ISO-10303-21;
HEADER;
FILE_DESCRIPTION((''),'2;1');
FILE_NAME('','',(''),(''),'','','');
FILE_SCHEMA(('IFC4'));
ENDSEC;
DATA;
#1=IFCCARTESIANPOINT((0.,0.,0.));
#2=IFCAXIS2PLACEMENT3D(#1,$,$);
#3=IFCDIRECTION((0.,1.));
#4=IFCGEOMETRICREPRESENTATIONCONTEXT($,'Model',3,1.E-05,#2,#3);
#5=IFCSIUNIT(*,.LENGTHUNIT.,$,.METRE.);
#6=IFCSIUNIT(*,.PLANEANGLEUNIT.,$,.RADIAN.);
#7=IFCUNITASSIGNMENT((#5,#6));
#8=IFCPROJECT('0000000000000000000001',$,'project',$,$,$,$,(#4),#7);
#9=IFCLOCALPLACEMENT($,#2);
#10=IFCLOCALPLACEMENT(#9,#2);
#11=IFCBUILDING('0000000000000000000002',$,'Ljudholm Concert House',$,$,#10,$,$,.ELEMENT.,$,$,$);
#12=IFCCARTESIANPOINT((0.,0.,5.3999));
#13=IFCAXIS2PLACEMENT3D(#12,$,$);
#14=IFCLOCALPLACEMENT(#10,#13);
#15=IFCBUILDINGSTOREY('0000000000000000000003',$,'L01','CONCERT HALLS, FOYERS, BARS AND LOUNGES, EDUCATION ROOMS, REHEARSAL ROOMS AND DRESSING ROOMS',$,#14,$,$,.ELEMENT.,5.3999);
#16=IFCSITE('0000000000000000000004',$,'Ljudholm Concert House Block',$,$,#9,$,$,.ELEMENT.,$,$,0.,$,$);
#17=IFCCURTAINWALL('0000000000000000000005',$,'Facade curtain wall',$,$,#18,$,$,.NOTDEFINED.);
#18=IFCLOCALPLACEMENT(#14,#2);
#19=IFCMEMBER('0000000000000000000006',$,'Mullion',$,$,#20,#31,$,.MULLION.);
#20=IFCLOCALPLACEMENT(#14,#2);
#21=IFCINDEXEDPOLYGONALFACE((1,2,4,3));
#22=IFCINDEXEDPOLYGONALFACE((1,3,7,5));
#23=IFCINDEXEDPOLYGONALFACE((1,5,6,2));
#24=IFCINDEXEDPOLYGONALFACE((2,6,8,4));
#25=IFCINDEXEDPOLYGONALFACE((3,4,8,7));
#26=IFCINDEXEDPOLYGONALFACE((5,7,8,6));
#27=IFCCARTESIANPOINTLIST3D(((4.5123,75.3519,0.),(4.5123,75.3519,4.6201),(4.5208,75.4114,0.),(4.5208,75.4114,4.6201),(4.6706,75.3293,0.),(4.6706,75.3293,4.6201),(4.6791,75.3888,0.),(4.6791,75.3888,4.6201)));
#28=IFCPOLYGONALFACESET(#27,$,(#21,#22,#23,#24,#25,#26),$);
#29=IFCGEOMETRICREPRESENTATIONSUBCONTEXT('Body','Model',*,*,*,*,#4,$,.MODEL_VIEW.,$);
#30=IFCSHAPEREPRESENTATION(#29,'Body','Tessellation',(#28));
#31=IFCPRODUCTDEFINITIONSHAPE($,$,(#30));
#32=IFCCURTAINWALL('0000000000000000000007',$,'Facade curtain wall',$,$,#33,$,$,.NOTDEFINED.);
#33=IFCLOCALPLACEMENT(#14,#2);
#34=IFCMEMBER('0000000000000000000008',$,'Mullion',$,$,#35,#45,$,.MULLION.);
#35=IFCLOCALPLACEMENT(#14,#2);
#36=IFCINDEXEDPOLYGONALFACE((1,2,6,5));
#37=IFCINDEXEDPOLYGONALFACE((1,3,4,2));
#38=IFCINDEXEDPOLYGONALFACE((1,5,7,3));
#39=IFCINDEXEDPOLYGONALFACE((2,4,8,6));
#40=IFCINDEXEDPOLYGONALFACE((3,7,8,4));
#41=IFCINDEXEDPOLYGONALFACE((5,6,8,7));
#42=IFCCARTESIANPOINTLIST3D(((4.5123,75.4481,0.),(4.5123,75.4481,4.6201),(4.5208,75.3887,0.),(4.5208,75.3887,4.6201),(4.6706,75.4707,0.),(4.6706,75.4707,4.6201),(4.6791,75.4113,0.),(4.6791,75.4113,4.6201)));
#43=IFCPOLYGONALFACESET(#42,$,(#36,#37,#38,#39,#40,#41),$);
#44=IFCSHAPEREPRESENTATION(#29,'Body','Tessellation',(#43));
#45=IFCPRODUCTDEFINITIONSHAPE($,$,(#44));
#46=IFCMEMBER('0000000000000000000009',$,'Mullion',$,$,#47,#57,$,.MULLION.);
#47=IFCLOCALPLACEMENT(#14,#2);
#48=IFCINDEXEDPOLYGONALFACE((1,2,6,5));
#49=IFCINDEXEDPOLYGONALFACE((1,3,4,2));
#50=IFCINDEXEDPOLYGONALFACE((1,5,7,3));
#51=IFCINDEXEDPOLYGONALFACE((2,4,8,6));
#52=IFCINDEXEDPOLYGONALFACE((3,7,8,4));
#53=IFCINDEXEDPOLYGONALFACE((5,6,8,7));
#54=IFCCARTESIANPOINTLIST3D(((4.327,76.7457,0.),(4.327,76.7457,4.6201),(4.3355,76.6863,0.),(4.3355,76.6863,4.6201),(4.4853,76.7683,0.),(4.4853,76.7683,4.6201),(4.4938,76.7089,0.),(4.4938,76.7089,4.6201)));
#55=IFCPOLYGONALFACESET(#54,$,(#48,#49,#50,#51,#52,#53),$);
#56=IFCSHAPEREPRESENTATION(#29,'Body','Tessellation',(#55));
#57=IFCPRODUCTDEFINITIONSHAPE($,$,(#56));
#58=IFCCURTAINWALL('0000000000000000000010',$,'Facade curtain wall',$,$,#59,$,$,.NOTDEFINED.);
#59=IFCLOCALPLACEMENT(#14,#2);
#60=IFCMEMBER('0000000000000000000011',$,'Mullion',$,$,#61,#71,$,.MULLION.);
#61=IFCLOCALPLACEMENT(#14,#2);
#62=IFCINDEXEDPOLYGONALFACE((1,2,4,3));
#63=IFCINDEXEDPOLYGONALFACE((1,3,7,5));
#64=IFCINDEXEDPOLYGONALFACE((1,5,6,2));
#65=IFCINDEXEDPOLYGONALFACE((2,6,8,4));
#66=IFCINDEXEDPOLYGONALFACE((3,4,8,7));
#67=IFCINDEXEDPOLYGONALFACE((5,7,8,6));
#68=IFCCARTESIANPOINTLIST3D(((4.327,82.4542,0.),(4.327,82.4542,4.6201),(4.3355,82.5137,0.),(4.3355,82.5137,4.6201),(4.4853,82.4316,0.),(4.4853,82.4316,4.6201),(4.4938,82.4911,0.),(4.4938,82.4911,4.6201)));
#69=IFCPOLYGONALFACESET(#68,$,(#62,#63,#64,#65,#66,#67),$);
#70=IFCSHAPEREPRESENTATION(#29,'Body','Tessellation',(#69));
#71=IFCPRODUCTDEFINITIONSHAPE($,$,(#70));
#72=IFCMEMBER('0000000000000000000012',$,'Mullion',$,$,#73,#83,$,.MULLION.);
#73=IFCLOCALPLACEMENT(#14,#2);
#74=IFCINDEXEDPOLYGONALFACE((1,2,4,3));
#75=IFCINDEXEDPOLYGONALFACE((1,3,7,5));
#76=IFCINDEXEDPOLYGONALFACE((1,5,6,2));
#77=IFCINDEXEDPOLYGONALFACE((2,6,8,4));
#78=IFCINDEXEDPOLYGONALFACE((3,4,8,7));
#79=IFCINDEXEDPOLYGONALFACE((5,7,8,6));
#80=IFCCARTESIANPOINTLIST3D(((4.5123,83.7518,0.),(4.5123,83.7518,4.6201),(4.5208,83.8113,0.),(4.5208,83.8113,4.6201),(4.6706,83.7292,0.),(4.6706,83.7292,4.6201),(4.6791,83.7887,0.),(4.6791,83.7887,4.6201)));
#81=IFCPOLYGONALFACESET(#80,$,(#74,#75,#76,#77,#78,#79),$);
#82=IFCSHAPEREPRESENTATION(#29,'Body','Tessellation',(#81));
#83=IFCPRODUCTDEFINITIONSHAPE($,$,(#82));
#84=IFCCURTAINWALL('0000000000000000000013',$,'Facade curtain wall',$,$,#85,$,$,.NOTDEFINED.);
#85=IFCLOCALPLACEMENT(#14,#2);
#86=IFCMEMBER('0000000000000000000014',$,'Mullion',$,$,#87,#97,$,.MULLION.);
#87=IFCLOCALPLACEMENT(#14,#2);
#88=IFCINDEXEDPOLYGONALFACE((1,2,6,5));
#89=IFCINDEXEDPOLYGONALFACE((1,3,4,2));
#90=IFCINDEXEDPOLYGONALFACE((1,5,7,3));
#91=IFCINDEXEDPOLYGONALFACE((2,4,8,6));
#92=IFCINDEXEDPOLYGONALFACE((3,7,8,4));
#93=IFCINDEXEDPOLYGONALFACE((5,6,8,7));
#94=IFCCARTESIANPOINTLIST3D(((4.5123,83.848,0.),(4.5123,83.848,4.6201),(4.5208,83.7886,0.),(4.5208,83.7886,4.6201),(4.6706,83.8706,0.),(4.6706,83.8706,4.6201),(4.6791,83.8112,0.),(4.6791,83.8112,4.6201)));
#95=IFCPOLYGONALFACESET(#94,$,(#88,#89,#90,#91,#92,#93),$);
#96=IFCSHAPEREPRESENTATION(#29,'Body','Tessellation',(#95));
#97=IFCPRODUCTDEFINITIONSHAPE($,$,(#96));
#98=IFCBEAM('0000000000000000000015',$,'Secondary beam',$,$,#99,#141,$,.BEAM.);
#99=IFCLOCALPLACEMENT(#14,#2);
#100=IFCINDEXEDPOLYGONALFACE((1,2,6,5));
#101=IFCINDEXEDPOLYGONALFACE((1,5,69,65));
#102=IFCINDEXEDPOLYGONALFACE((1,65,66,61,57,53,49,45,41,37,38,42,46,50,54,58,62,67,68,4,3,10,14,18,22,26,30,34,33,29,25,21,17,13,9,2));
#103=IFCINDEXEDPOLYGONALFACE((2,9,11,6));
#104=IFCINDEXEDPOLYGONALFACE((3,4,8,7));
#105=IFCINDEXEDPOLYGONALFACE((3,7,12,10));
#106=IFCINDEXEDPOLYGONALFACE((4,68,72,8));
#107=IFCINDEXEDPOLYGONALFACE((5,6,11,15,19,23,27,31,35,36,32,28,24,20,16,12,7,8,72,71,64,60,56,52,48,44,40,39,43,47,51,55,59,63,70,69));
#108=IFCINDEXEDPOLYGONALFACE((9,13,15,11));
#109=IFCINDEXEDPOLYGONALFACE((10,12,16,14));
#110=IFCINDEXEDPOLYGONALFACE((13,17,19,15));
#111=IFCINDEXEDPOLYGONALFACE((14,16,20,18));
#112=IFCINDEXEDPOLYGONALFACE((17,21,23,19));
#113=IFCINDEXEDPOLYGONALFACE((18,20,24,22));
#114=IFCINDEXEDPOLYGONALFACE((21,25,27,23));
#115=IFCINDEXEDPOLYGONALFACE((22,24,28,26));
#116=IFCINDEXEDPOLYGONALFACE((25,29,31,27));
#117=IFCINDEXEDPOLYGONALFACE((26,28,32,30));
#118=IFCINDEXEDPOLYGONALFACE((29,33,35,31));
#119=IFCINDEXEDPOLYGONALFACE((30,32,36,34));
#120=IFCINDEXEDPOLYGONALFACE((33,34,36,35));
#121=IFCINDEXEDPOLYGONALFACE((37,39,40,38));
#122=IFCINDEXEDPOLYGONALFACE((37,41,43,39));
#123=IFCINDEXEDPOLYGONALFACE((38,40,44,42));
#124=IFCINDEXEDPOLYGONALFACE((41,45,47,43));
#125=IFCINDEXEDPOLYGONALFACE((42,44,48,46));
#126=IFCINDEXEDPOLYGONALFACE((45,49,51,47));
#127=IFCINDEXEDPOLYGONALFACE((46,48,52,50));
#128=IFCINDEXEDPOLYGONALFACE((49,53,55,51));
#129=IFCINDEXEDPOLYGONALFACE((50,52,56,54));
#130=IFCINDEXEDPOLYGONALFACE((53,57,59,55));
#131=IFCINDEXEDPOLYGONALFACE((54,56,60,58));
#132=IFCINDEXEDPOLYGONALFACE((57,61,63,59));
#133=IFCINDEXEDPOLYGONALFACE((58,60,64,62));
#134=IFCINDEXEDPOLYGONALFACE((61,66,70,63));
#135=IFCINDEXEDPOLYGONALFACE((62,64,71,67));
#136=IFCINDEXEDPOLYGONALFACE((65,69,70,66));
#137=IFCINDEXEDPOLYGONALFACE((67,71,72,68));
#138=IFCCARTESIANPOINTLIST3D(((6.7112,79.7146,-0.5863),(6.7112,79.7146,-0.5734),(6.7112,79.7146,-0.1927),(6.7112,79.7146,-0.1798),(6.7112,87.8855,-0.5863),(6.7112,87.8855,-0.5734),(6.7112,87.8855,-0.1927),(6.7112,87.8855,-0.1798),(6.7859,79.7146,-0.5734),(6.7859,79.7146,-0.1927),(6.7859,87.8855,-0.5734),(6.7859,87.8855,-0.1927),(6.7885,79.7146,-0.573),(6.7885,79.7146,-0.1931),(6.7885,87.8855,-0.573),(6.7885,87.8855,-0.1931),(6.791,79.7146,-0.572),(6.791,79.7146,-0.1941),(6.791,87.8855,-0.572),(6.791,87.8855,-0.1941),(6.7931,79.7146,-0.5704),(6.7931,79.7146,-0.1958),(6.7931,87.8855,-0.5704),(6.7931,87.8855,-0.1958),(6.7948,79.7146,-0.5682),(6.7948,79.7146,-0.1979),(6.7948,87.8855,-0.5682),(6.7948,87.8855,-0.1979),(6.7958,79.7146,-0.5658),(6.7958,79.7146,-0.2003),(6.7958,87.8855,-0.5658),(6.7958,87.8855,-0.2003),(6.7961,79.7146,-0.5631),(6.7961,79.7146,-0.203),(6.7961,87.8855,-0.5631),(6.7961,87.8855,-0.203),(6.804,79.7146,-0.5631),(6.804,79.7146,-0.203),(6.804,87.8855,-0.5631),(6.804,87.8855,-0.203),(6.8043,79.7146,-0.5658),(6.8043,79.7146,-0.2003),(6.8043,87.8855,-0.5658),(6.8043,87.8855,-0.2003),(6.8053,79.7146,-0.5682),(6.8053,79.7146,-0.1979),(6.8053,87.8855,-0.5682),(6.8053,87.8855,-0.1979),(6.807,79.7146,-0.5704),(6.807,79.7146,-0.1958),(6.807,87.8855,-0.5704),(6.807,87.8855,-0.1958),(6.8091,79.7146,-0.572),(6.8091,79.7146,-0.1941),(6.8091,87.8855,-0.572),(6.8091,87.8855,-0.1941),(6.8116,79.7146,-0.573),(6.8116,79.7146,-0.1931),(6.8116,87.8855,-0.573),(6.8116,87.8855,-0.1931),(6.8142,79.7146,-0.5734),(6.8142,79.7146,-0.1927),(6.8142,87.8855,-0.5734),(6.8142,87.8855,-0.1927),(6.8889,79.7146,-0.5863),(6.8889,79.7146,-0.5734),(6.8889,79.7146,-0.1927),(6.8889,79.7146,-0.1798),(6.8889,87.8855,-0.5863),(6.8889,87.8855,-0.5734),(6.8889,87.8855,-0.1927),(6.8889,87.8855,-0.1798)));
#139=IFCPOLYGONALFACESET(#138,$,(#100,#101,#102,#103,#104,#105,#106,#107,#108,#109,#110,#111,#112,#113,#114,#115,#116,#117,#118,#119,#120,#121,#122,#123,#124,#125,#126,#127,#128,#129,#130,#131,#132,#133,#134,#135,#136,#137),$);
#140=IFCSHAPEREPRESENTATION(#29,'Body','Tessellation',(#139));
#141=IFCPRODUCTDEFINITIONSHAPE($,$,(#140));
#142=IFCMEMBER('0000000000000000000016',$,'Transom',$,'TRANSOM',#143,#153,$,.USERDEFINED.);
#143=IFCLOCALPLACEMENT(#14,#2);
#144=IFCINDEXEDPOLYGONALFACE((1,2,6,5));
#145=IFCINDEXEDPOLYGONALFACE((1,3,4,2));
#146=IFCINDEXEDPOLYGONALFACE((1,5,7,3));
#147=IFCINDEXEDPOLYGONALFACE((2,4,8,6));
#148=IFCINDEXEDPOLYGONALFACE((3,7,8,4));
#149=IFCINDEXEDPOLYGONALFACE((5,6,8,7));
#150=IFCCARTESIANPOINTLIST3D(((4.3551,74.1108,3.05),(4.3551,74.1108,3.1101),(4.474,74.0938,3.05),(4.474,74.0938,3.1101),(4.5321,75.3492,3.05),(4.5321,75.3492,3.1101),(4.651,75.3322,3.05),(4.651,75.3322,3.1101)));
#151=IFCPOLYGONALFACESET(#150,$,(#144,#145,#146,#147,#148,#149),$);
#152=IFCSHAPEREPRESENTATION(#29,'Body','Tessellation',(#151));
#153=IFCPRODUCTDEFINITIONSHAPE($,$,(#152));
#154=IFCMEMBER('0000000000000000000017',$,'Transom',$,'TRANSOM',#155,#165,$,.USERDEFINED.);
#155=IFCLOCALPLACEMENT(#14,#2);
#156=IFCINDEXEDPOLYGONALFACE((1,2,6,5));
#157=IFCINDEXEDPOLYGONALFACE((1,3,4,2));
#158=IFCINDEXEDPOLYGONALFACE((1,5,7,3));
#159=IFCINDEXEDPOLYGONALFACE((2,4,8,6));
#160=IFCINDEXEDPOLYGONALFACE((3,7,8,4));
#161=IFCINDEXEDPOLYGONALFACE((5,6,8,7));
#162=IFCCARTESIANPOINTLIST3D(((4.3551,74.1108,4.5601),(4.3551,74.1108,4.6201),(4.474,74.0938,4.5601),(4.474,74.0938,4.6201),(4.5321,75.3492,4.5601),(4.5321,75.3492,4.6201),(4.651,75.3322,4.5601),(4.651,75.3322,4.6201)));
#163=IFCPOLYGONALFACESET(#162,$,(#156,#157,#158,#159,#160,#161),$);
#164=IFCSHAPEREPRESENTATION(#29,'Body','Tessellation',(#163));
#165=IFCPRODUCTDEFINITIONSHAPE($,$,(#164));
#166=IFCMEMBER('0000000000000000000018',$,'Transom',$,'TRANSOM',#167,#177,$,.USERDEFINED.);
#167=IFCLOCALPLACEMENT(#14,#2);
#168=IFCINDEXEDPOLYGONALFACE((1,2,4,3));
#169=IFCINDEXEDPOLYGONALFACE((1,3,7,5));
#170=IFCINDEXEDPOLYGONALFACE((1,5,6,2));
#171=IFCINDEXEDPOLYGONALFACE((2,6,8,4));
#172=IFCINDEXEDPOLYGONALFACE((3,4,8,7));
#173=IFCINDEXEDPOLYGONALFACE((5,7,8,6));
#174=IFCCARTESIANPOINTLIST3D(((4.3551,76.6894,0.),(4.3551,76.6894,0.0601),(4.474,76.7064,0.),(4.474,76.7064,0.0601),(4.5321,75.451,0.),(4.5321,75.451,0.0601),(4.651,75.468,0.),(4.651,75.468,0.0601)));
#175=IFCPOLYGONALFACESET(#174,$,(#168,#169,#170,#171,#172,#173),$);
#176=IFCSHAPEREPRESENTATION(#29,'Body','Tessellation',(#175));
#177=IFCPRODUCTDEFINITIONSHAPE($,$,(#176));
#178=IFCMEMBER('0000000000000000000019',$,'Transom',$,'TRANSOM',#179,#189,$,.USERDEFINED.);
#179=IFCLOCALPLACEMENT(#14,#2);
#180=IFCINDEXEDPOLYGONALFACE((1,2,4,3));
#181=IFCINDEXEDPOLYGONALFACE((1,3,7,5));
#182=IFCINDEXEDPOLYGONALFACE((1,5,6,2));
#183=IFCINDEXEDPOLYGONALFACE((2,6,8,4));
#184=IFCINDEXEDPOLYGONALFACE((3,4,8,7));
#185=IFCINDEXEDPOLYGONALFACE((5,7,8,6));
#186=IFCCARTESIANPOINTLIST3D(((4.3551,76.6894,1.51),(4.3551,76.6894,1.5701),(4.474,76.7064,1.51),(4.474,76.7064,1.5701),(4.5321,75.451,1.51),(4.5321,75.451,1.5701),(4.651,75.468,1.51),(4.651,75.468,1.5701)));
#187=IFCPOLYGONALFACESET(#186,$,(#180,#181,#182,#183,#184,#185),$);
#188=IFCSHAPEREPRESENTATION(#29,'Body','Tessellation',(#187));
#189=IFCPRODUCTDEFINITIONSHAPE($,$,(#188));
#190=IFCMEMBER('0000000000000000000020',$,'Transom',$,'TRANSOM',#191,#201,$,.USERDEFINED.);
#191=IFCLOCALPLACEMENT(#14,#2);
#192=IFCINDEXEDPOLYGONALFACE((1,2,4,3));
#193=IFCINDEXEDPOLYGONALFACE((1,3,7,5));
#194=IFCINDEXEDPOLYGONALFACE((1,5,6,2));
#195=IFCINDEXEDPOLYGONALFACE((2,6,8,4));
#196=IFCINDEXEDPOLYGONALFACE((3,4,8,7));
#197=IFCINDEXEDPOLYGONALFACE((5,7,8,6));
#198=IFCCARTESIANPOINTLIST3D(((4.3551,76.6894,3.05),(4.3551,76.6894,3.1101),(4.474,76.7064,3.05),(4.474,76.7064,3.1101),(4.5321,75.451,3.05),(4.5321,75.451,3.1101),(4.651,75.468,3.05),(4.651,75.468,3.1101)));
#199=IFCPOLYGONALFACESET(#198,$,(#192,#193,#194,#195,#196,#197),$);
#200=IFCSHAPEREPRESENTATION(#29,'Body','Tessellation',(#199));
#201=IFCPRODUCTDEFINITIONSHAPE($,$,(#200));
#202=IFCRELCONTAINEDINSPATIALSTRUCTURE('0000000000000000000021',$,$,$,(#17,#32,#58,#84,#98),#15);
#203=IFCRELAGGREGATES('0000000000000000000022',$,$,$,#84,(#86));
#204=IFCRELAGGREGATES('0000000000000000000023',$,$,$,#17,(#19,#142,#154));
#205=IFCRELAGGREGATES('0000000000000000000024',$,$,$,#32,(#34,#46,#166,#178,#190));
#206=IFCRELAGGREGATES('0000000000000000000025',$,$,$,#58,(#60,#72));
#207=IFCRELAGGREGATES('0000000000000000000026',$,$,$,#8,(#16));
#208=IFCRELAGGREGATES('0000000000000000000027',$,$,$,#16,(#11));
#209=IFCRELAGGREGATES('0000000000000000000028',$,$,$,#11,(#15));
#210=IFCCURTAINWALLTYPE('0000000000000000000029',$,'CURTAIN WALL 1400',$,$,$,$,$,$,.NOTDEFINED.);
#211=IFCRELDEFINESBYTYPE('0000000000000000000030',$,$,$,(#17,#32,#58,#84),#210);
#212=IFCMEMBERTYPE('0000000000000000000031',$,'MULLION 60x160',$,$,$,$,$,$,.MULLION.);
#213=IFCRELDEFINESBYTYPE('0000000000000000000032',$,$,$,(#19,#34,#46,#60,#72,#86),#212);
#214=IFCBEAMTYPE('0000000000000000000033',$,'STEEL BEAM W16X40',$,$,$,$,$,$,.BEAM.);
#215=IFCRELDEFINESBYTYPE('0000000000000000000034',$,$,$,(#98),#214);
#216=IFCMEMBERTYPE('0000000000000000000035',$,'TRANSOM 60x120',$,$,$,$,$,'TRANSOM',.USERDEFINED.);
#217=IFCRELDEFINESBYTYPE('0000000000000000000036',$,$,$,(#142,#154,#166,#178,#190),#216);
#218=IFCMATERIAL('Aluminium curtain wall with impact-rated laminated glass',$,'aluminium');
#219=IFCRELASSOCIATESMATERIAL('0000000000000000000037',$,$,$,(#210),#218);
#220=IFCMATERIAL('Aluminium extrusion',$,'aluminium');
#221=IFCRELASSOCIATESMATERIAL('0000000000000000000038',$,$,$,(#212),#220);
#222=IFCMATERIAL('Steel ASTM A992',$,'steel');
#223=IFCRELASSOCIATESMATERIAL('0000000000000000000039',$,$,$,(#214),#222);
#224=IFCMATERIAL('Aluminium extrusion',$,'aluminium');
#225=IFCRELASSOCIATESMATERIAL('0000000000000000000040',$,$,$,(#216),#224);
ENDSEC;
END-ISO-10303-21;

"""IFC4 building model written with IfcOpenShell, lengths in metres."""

from ifc_helpers import new_model, si_unit, direction, frame, origin, origin_2d, place, context, subcontext, project, spatial, rectangle, i_section, extrude, material, material_profile, profile_set, type_object, element, aggregate, save


model = new_model("IFC4")

# Units and contexts
model_context = context("Model", 3, precision=1e-05, world=origin(), true_north=direction((0.0, 1.0)))
body_context = subcontext(model_context, "Body", "Model", "MODEL_VIEW")
ifc_project = project(units=[si_unit("LENGTHUNIT", "METRE"), si_unit("PLANEANGLEUNIT", "RADIAN")], contexts=[model_context])

# Site, building, storey
site_placement = place(None, origin())
site = spatial("IfcSite", under=ifc_project, at=site_placement, Name="Ljudholm Concert House Block", CompositionType="ELEMENT", RefElevation=0.0)
building_placement = place(site_placement, origin())
building = spatial("IfcBuilding", under=site, at=building_placement, Name="Ljudholm Concert House", CompositionType="ELEMENT")
storey_placement = place(building_placement, frame((0.0, 0.0, 5.3999)))
storey = spatial("IfcBuildingStorey", under=building, at=storey_placement, Name="L01", Description="CONCERT HALLS, FOYERS, BARS AND LOUNGES, EDUCATION ROOMS, REHEARSAL ROOMS AND DRESSING ROOMS", CompositionType="ELEMENT", Elevation=5.3999)

# Curtain wall, member
ifc_material_1 = material(Name="Aluminium curtain wall with impact-rated laminated glass", Category="aluminium")
curtain_wall_type = type_object("IfcCurtainWallType", Name="CURTAIN WALL 1400", PredefinedType="NOTDEFINED", material=ifc_material_1)
curtain_wall_1_placement = place(storey_placement, origin())
curtain_wall_1 = element("IfcCurtainWall", 1, at=curtain_wall_1_placement, inside=storey, type_object=curtain_wall_type, Name="Facade curtain wall", PredefinedType="NOTDEFINED")
ifc_material_2 = material(Name="Aluminium extrusion", Category="aluminium")
ifc_material_profile_1 = material_profile(ifc_material_2, rectangle(XDim=0.1599, YDim=0.0601, at=origin_2d()), Name="MULLION 60x160")
ifc_profile_set_1 = profile_set([ifc_material_profile_1], Name="Aluminium extrusion")
member_type_1 = type_object("IfcMemberType", Name="MULLION 60x160", PredefinedType="MULLION", material=ifc_profile_set_1)
member_1_placement = place(storey_placement, frame((4.5957, 75.3704, 0.0), z_axis=(0.0, 0.0, 1.0), x_axis=(-0.989949, 0.141421, 0.0)))
member_1 = element("IfcMember", 2, at=member_1_placement, type_object=member_type_1, Name="Mullion", PredefinedType="MULLION", context=body_context, shape_type="SweptSolid", body=[
    extrude(rectangle(XDim=0.1599, YDim=0.0601, at=origin_2d()), origin(), (0.0, 0.0, 1.0), 4.6201),
])

# Curtain walls, members
curtain_wall_2_placement = place(storey_placement, origin())
curtain_wall_2 = element("IfcCurtainWall", 3, at=curtain_wall_2_placement, inside=storey, type_object=curtain_wall_type, Name="Facade curtain wall", PredefinedType="NOTDEFINED")
member_2_placement = place(storey_placement, frame((4.5957, 75.4297, 0.0), z_axis=(0.0, 0.0, 1.0), x_axis=(-0.989949, -0.141421, 0.0)))
member_2 = element("IfcMember", 4, at=member_2_placement, type_object=member_type_1, Name="Mullion", PredefinedType="MULLION", context=body_context, shape_type="SweptSolid", body=[
    extrude(rectangle(XDim=0.1599, YDim=0.0601, at=origin_2d()), origin(), (0.0, 0.0, 1.0), 4.6201),
])
member_3_placement = place(storey_placement, frame((4.4104, 76.7273, 0.0), z_axis=(0.0, 0.0, 1.0), x_axis=(-0.989949, -0.141421, 0.0)))
member_3 = element("IfcMember", 5, at=member_3_placement, type_object=member_type_1, Name="Mullion", PredefinedType="MULLION", context=body_context, shape_type="SweptSolid", body=[
    extrude(rectangle(XDim=0.1599, YDim=0.0601, at=origin_2d()), origin(), (0.0, 0.0, 1.0), 4.6201),
])
curtain_wall_3_placement = place(storey_placement, origin())
curtain_wall_3 = element("IfcCurtainWall", 6, at=curtain_wall_3_placement, inside=storey, type_object=curtain_wall_type, Name="Facade curtain wall", PredefinedType="NOTDEFINED")
member_4_placement = place(storey_placement, frame((4.4104, 82.4727, 0.0), z_axis=(0.0, 0.0, 1.0), x_axis=(-0.989949, 0.141421, 0.0)))
member_4 = element("IfcMember", 7, at=member_4_placement, type_object=member_type_1, Name="Mullion", PredefinedType="MULLION", context=body_context, shape_type="SweptSolid", body=[
    extrude(rectangle(XDim=0.1599, YDim=0.0601, at=origin_2d()), origin(), (0.0, 0.0, 1.0), 4.6201),
])
member_5_placement = place(storey_placement, frame((4.5957, 83.7703, 0.0), z_axis=(0.0, 0.0, 1.0), x_axis=(-0.989949, 0.141421, 0.0)))
member_5 = element("IfcMember", 8, at=member_5_placement, type_object=member_type_1, Name="Mullion", PredefinedType="MULLION", context=body_context, shape_type="SweptSolid", body=[
    extrude(rectangle(XDim=0.1599, YDim=0.0601, at=origin_2d()), origin(), (0.0, 0.0, 1.0), 4.6201),
])

# Curtain wall, member
curtain_wall_4_placement = place(storey_placement, origin())
curtain_wall_4 = element("IfcCurtainWall", 9, at=curtain_wall_4_placement, inside=storey, type_object=curtain_wall_type, Name="Facade curtain wall", PredefinedType="NOTDEFINED")
member_6_placement = place(storey_placement, frame((4.5957, 83.8296, 0.0), z_axis=(0.0, 0.0, 1.0), x_axis=(-0.989949, -0.141421, 0.0)))
member_6 = element("IfcMember", 10, at=member_6_placement, type_object=member_type_1, Name="Mullion", PredefinedType="MULLION", context=body_context, shape_type="SweptSolid", body=[
    extrude(rectangle(XDim=0.1599, YDim=0.0601, at=origin_2d()), origin(), (0.0, 0.0, 1.0), 4.6201),
])
aggregate(curtain_wall_4, [member_6])

# Beam
ifc_material_3 = material(Name="Steel ASTM A992", Category="steel")
ifc_material_profile_2 = material_profile(ifc_material_3, i_section(OverallWidth=0.1777, OverallDepth=0.4065, WebThickness=0.0078, FlangeThickness=0.0129, FilletRadius=0.0103, at=origin_2d()), Name="W16X40")
ifc_profile_set_2 = profile_set([ifc_material_profile_2], Name="Steel ASTM A992")
beam_type = type_object("IfcBeamType", Name="STEEL BEAM W16X40", PredefinedType="BEAM", material=ifc_profile_set_2)
beam_placement = place(storey_placement, frame((6.8, 79.7146, -0.3831), z_axis=(0.0, 1.0, 0.0), x_axis=(-1.0, 0.0, 0.0)))
element("IfcBeam", 11, at=beam_placement, inside=storey, type_object=beam_type, Name="Secondary beam", PredefinedType="BEAM", context=body_context, shape_type="SweptSolid", body=[
    extrude(i_section(OverallWidth=0.1777, OverallDepth=0.4065, WebThickness=0.0078, FlangeThickness=0.0129, FilletRadius=0.0103, at=origin_2d()), origin(), (0.0, 0.0, 1.0), 8.1709),
])

# Members
ifc_material_4 = material(Name="Aluminium extrusion", Category="aluminium")
ifc_material_profile_3 = material_profile(ifc_material_4, rectangle(XDim=0.1201, YDim=0.0601, at=origin_2d()), Name="TRANSOM 60x120")
ifc_profile_set_3 = profile_set([ifc_material_profile_3], Name="Aluminium extrusion")
member_type_2 = type_object("IfcMemberType", Name="TRANSOM 60x120", ElementType="TRANSOM", PredefinedType="USERDEFINED", material=ifc_profile_set_3)
member_7_placement = place(storey_placement, frame((4.4146, 74.1023, 3.0801), z_axis=(0.141503, 0.989938, 0.0), x_axis=(-0.989938, 0.141503, 0.0)))
member_7 = element("IfcMember", 12, at=member_7_placement, type_object=member_type_2, Name="Transom", ObjectType="TRANSOM", PredefinedType="USERDEFINED", context=body_context, shape_type="SweptSolid", body=[
    extrude(rectangle(XDim=0.1201, YDim=0.0601, at=origin_2d()), origin(), (0.0, 0.0, 1.0), 1.251),
])
member_8_placement = place(storey_placement, frame((4.4146, 74.1023, 4.5901), z_axis=(0.141503, 0.989938, 0.0), x_axis=(-0.989938, 0.141503, 0.0)))
member_8 = element("IfcMember", 13, at=member_8_placement, type_object=member_type_2, Name="Transom", ObjectType="TRANSOM", PredefinedType="USERDEFINED", context=body_context, shape_type="SweptSolid", body=[
    extrude(rectangle(XDim=0.1201, YDim=0.0601, at=origin_2d()), origin(), (0.0, 0.0, 1.0), 1.251),
])
member_9_placement = place(storey_placement, frame((4.5916, 75.4595, 0.03), z_axis=(-0.141503, 0.989938, 0.0), x_axis=(-0.989938, -0.141503, 0.0)))
member_9 = element("IfcMember", 14, at=member_9_placement, type_object=member_type_2, Name="Transom", ObjectType="TRANSOM", PredefinedType="USERDEFINED", context=body_context, shape_type="SweptSolid", body=[
    extrude(rectangle(XDim=0.1201, YDim=0.0601, at=origin_2d()), origin(), (0.0, 0.0, 1.0), 1.251),
])
member_10_placement = place(storey_placement, frame((4.5916, 75.4595, 1.54), z_axis=(-0.141503, 0.989938, 0.0), x_axis=(-0.989938, -0.141503, 0.0)))
member_10 = element("IfcMember", 15, at=member_10_placement, type_object=member_type_2, Name="Transom", ObjectType="TRANSOM", PredefinedType="USERDEFINED", context=body_context, shape_type="SweptSolid", body=[
    extrude(rectangle(XDim=0.1201, YDim=0.0601, at=origin_2d()), origin(), (0.0, 0.0, 1.0), 1.251),
])
member_11_placement = place(storey_placement, frame((4.5916, 75.4595, 3.0801), z_axis=(-0.141503, 0.989938, 0.0), x_axis=(-0.989938, -0.141503, 0.0)))
member_11 = element("IfcMember", 16, at=member_11_placement, type_object=member_type_2, Name="Transom", ObjectType="TRANSOM", PredefinedType="USERDEFINED", context=body_context, shape_type="SweptSolid", body=[
    extrude(rectangle(XDim=0.1201, YDim=0.0601, at=origin_2d()), origin(), (0.0, 0.0, 1.0), 1.251),
])

aggregate(curtain_wall_1, [member_1, member_7, member_8])
aggregate(curtain_wall_2, [member_2, member_3, member_9, member_10, member_11])
aggregate(curtain_wall_3, [member_4, member_5])

save(model, "model.ifc")
